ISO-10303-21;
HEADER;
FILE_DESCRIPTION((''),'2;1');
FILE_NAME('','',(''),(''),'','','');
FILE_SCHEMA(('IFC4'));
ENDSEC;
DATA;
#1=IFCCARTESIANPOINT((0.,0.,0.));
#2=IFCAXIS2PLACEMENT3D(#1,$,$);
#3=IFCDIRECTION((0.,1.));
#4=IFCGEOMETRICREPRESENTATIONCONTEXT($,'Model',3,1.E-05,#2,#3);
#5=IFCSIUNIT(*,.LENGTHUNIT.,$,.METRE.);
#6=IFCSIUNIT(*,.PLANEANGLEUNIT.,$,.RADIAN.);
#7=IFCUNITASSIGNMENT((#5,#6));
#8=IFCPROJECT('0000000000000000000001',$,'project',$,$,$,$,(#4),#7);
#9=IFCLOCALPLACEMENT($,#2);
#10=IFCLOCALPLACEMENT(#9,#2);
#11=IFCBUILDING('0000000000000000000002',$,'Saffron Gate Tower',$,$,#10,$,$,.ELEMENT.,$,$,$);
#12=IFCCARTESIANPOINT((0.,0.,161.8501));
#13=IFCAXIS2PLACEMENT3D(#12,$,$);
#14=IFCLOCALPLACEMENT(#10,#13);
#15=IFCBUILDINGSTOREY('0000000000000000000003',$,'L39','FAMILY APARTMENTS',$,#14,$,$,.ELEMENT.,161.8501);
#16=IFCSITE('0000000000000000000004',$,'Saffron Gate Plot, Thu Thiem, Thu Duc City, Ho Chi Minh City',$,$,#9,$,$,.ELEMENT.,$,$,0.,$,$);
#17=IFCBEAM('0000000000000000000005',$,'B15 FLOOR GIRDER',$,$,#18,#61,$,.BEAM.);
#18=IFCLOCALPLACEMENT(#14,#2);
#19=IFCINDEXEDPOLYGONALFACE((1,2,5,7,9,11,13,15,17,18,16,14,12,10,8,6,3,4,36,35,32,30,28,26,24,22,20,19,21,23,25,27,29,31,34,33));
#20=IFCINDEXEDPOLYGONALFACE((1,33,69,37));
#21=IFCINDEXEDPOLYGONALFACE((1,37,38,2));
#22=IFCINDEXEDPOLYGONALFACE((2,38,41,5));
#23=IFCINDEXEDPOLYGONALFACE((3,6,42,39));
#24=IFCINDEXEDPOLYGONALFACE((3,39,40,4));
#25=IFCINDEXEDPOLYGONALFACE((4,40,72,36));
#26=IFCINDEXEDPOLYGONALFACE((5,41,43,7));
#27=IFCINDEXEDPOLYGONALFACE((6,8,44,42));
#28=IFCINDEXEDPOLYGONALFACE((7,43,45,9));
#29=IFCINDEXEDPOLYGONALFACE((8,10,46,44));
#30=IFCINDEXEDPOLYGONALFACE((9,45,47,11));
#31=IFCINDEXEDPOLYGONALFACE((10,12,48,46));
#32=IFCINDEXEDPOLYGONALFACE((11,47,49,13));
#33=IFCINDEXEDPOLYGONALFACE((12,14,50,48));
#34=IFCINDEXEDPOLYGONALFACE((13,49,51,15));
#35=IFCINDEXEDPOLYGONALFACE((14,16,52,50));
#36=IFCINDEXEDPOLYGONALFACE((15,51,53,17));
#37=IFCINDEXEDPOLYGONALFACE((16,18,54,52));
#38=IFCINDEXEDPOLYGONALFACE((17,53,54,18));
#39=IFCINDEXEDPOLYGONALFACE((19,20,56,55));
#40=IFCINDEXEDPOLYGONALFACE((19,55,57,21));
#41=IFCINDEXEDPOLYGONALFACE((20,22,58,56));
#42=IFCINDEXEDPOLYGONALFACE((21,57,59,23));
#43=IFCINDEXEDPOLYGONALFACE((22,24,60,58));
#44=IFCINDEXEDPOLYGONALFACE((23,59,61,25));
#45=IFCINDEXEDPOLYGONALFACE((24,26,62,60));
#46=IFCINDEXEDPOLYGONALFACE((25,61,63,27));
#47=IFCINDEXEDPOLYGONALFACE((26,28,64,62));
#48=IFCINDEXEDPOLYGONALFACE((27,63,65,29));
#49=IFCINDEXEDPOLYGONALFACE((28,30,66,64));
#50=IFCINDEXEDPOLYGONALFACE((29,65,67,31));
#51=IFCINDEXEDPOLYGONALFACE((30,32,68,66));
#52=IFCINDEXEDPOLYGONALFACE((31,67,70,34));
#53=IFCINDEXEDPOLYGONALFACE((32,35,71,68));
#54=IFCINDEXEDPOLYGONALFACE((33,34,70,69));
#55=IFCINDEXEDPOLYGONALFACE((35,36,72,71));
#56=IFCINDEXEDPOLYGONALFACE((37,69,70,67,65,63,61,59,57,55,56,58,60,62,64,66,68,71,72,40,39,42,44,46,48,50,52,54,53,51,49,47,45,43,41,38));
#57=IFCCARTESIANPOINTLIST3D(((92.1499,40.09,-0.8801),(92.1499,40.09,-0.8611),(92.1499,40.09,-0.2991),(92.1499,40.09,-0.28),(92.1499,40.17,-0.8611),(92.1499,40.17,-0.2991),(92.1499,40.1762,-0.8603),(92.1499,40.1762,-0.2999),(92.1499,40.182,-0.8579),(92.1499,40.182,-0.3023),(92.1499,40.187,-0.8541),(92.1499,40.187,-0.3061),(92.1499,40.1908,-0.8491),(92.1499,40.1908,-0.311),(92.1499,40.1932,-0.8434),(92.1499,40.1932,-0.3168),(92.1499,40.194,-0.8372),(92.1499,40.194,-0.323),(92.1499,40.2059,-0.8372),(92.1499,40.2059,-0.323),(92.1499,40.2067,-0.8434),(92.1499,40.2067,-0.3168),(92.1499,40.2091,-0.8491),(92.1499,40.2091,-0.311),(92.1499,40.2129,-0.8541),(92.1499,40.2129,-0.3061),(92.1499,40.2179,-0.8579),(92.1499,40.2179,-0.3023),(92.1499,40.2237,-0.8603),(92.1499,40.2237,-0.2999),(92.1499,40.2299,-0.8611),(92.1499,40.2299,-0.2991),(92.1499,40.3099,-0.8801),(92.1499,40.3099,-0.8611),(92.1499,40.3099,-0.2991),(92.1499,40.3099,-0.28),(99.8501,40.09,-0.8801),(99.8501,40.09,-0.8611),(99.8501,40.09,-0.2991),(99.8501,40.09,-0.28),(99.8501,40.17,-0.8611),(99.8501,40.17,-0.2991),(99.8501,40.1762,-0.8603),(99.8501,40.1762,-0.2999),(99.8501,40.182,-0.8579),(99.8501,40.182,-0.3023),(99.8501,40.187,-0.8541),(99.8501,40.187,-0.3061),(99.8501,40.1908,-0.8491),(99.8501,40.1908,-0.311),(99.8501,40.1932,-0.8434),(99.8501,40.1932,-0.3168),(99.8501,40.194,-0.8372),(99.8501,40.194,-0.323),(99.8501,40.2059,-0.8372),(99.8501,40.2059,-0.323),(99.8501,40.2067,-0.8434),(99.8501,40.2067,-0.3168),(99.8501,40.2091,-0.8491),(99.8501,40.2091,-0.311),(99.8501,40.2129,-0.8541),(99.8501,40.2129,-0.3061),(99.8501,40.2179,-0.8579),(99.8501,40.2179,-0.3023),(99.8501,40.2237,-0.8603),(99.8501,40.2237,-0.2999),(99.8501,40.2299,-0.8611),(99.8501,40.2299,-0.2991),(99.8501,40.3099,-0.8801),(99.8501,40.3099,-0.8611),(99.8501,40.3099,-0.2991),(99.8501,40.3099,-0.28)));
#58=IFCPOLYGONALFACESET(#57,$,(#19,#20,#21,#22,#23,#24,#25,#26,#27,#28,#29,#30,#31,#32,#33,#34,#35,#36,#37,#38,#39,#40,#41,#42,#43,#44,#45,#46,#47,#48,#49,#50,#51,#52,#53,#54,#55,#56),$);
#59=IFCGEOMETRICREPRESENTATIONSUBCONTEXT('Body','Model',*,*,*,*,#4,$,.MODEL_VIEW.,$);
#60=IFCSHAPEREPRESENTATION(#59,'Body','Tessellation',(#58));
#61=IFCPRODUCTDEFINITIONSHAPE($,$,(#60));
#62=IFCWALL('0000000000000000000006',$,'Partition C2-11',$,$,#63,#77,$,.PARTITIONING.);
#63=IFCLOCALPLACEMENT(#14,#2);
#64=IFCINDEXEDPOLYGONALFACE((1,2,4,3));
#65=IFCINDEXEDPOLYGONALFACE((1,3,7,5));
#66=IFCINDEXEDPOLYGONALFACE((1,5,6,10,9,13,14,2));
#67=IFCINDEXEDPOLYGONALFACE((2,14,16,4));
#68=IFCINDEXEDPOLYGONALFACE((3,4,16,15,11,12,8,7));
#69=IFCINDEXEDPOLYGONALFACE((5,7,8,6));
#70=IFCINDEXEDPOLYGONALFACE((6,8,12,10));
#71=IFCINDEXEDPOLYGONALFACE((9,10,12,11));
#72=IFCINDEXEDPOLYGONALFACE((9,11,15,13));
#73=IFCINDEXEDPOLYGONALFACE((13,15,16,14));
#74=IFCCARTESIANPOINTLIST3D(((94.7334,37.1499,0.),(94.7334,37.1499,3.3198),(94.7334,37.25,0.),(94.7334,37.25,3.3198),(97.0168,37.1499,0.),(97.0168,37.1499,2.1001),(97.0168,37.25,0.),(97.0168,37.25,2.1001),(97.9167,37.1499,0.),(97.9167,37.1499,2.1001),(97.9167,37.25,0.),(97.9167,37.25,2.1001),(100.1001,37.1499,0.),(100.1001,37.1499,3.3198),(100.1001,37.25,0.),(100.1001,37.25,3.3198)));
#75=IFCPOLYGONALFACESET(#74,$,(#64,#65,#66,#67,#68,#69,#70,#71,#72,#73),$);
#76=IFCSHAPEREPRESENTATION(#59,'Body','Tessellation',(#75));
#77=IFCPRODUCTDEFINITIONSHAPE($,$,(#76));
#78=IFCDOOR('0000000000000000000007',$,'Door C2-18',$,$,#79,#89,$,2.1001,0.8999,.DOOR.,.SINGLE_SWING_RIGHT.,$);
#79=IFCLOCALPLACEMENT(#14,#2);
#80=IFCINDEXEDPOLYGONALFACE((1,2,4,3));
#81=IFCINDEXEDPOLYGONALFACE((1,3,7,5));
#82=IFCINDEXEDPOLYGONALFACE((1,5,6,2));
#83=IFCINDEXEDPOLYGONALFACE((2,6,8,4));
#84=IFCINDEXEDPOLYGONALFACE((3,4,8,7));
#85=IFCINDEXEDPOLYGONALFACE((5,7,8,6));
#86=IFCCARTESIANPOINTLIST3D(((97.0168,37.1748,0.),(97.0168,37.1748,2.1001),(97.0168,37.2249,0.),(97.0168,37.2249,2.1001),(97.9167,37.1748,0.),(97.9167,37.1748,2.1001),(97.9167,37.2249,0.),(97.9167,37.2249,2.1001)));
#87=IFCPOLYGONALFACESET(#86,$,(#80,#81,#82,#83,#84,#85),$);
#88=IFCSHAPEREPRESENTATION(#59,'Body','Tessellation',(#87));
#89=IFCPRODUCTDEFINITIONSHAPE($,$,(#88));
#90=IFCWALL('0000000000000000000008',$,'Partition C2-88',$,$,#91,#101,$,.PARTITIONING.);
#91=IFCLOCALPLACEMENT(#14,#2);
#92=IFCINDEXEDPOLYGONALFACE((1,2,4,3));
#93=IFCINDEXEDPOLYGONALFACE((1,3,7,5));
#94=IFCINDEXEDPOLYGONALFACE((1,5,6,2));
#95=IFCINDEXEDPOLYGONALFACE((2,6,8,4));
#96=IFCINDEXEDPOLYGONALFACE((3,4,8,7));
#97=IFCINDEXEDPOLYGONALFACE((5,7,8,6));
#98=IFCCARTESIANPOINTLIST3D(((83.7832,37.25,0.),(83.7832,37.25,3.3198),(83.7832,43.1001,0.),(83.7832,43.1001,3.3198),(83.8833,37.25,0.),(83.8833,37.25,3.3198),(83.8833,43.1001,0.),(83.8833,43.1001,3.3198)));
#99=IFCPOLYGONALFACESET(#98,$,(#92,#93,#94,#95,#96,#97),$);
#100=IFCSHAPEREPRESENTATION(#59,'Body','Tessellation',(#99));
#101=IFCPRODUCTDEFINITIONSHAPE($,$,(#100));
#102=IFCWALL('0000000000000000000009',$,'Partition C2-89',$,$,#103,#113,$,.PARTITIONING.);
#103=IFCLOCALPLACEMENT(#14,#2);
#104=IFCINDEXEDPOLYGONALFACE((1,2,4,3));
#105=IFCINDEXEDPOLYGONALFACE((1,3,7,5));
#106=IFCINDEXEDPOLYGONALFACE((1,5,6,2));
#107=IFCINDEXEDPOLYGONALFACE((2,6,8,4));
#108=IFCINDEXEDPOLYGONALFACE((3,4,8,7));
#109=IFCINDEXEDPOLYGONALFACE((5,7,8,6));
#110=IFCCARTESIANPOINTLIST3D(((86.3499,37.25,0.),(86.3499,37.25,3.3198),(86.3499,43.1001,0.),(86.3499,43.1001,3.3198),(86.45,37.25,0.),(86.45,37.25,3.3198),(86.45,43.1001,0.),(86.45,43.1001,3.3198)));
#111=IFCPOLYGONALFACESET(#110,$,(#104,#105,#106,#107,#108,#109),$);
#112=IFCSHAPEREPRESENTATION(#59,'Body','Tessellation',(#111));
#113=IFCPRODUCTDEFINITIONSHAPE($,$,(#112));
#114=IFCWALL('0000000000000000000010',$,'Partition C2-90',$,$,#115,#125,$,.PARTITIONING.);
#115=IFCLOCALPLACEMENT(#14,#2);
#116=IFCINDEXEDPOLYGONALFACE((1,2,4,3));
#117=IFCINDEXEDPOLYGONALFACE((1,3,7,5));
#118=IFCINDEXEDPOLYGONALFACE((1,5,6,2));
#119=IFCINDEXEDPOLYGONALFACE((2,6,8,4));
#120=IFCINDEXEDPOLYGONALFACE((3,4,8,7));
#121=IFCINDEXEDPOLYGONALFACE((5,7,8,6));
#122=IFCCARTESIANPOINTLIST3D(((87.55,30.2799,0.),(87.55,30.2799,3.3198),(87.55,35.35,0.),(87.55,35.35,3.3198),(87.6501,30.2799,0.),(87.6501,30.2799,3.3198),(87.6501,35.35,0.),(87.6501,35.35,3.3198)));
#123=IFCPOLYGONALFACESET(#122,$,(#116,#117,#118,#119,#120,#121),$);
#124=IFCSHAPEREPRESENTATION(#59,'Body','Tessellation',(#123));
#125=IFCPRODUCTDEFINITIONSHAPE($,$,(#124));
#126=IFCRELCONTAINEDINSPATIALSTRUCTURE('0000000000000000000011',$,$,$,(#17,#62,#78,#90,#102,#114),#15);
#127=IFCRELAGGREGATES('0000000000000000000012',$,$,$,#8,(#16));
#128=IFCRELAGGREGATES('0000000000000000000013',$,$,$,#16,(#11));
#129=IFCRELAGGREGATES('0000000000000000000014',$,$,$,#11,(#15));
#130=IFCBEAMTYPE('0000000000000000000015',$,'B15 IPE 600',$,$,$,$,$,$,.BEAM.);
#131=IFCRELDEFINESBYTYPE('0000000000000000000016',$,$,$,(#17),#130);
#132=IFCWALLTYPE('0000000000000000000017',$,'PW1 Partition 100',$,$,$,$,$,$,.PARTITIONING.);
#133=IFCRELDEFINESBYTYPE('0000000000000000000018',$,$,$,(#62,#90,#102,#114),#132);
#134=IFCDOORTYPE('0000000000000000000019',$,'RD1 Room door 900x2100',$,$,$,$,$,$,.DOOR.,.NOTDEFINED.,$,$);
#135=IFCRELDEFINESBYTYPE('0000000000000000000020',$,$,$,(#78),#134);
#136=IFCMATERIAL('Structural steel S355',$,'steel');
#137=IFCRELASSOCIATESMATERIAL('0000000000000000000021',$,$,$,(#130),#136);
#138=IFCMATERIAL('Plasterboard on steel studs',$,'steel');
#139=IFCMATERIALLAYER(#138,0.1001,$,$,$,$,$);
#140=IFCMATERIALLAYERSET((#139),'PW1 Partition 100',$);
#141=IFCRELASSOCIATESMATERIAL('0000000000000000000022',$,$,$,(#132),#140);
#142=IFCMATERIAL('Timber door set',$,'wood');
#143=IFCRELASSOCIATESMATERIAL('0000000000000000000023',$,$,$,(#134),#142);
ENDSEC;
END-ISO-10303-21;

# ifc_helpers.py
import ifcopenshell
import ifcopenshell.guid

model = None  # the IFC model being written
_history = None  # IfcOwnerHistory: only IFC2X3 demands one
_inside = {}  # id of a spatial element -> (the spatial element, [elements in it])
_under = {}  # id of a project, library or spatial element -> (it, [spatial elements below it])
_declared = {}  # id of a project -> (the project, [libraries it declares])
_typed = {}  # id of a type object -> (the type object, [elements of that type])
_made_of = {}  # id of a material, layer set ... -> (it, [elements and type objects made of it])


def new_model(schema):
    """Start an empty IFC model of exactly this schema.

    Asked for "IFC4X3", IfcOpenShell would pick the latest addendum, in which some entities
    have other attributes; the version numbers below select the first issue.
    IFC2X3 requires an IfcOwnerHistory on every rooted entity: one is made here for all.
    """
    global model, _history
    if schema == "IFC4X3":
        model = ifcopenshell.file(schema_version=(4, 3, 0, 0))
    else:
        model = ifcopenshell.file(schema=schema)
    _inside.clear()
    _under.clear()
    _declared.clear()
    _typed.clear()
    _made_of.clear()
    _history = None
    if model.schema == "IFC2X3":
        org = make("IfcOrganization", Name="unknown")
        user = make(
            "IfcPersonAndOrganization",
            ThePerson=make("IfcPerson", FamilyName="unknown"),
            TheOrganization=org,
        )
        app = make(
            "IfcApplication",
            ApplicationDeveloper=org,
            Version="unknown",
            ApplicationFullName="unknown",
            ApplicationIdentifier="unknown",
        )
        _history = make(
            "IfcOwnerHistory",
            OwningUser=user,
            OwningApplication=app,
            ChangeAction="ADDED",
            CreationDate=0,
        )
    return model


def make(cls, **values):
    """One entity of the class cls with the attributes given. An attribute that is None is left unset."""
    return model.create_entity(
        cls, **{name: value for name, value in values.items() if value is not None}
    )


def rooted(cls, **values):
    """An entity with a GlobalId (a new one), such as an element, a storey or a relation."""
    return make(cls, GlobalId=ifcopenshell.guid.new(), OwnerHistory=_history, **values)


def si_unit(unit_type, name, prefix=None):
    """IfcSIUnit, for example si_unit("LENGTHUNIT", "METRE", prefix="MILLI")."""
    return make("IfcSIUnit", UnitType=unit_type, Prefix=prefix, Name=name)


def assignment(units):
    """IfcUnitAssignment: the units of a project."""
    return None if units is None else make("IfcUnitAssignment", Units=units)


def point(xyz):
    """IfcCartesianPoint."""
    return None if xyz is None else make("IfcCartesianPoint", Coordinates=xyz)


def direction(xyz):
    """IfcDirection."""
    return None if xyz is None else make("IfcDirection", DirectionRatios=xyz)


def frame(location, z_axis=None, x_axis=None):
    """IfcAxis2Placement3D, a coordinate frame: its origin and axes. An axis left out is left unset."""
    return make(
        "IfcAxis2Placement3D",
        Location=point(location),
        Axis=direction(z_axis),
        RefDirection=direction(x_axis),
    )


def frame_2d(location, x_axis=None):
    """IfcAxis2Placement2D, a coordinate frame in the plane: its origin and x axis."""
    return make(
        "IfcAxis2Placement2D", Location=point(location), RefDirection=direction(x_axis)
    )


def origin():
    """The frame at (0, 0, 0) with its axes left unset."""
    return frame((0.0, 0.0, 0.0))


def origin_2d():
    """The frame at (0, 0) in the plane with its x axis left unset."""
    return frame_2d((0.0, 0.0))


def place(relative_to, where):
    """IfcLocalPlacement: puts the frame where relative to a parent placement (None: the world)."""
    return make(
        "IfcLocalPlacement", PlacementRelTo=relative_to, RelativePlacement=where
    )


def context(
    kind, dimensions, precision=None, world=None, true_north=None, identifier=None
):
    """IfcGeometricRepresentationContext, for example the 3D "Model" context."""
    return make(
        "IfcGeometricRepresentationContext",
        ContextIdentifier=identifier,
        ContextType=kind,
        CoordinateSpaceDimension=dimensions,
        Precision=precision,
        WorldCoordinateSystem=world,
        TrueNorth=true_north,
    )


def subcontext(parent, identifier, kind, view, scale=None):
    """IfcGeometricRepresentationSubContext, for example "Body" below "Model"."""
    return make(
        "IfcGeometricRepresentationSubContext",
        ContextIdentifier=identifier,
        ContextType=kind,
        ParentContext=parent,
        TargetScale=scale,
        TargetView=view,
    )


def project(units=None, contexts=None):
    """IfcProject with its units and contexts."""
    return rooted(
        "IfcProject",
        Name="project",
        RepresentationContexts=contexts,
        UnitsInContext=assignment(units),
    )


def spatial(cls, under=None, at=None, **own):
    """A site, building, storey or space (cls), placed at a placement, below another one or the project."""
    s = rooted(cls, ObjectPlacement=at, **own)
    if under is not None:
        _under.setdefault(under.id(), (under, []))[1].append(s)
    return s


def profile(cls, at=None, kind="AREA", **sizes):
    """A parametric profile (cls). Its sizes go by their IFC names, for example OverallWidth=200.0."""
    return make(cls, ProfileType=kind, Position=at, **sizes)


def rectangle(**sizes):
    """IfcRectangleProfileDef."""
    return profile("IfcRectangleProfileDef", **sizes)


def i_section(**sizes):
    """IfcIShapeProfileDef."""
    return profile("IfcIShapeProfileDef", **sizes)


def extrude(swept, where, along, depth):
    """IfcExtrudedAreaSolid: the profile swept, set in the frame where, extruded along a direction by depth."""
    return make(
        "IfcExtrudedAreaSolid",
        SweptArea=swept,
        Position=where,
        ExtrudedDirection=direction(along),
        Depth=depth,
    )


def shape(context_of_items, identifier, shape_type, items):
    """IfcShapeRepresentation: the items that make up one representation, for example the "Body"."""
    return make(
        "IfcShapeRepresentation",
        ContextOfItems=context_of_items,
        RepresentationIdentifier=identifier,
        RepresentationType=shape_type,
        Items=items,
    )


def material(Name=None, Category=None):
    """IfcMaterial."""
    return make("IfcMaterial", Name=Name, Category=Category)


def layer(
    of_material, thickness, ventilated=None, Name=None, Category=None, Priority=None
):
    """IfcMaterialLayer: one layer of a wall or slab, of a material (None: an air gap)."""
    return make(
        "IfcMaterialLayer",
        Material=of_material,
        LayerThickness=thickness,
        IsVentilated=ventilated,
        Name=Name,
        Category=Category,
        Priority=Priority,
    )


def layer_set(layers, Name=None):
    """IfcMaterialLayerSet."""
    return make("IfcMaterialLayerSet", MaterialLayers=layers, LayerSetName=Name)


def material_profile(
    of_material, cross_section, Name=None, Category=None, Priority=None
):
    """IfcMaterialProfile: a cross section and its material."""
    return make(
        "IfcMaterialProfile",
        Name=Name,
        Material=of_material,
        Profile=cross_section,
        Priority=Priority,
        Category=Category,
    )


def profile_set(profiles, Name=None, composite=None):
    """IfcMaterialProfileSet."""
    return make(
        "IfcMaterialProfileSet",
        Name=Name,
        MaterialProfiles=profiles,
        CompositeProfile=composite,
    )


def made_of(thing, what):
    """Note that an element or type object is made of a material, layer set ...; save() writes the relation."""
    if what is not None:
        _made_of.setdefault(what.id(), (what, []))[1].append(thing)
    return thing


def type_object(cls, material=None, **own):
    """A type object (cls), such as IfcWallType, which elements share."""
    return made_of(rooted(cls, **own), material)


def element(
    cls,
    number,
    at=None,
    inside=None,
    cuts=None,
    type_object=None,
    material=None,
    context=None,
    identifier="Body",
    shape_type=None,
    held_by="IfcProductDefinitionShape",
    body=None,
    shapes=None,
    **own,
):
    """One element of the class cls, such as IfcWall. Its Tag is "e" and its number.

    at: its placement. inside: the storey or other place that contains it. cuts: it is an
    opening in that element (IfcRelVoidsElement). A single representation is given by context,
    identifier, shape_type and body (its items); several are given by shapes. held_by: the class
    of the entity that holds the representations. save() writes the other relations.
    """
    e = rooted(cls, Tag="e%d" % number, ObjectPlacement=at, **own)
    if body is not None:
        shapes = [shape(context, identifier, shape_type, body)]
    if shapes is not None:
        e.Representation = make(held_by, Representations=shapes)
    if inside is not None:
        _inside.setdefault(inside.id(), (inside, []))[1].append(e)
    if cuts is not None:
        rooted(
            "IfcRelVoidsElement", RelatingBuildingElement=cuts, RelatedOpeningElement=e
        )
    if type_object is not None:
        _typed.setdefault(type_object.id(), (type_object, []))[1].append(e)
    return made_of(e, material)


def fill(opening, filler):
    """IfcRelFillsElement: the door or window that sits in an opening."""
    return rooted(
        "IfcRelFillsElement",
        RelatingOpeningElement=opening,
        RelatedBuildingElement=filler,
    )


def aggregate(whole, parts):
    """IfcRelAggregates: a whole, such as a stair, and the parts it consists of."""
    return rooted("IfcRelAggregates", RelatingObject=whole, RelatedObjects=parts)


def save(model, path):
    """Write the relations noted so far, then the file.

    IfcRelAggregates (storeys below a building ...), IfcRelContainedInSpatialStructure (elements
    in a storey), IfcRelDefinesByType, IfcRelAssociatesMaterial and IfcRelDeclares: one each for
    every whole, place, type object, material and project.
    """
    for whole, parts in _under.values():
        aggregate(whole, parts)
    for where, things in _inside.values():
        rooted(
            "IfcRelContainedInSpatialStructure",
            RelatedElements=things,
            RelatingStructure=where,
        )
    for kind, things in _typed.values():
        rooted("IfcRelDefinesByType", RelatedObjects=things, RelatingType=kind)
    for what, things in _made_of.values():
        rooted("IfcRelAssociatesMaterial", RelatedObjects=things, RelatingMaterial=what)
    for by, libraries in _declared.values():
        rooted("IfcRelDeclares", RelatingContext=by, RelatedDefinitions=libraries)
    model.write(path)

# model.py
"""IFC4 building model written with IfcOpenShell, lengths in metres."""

from ifc_helpers import new_model, si_unit, direction, frame, frame_2d, origin, origin_2d, place, context, subcontext, project, spatial, rectangle, i_section, extrude, material, layer, layer_set, material_profile, profile_set, type_object, element, fill, save


model = new_model("IFC4")

# Units and contexts
model_context = context("Model", 3, precision=1e-05, world=origin(), true_north=direction((0.0, 1.0)))
body_context = subcontext(model_context, "Body", "Model", "MODEL_VIEW")
ifc_project = project(units=[si_unit("LENGTHUNIT", "METRE"), si_unit("PLANEANGLEUNIT", "RADIAN")], contexts=[model_context])

# Site, building, storey
site_placement = place(None, origin())
site = spatial("IfcSite", under=ifc_project, at=site_placement, Name="Saffron Gate Plot, Thu Thiem, Thu Duc City, Ho Chi Minh City", CompositionType="ELEMENT", RefElevation=0.0)
building_placement = place(site_placement, origin())
building = spatial("IfcBuilding", under=site, at=building_placement, Name="Saffron Gate Tower", CompositionType="ELEMENT")
storey_placement = place(building_placement, frame((0.0, 0.0, 161.8501)))
storey = spatial("IfcBuildingStorey", under=building, at=storey_placement, Name="L39", Description="FAMILY APARTMENTS", CompositionType="ELEMENT", Elevation=161.8501)

# Beam
ifc_material_1 = material(Name="Structural steel S355", Category="steel")
ifc_material_profile_1 = material_profile(ifc_material_1, i_section(OverallWidth=0.22, OverallDepth=0.6001, WebThickness=0.012, FlangeThickness=0.019, FilletRadius=0.0239, at=origin_2d()))
ifc_profile_set_1 = profile_set([ifc_material_profile_1], Name="Structural steel S355")
beam_type_1 = type_object("IfcBeamType", Name="B15 IPE 600", PredefinedType="BEAM", material=ifc_profile_set_1)
beam_1_placement = place(storey_placement, frame((92.1499, 40.2, -0.5801), z_axis=(1.0, 0.0, 0.0), x_axis=(0.0, 1.0, 0.0)))
element("IfcBeam", 1, at=beam_1_placement, inside=storey, type_object=beam_type_1, Name="B15 FLOOR GIRDER", PredefinedType="BEAM", context=body_context, shape_type="SweptSolid", body=[
    extrude(i_section(OverallWidth=0.22, OverallDepth=0.6001, WebThickness=0.012, FlangeThickness=0.019, FilletRadius=0.0239, at=origin_2d()), origin(), (0.0, 0.0, 1.0), 7.7002),
])

# Wall, opening, door
ifc_material_2 = material(Name="Plasterboard on steel studs", Category="steel")
ifc_layer = layer(ifc_material_2, 0.1001)
ifc_layer_set = layer_set([ifc_layer], Name="PW1 Partition 100")
wall_type = type_object("IfcWallType", Name="PW1 Partition 100", PredefinedType="PARTITIONING", material=ifc_layer_set)
wall_1_placement = place(storey_placement, frame((94.7334, 37.2, 0.0), z_axis=(0.0, 0.0, 1.0), x_axis=(1.0, 0.0, 0.0)))
wall_1 = element("IfcWall", 2, at=wall_1_placement, inside=storey, type_object=wall_type, Name="Partition C2-11", PredefinedType="PARTITIONING", context=body_context, shape_type="SweptSolid", body=[
    extrude(rectangle(XDim=5.3667, YDim=0.1001, at=frame_2d((2.6833, 0.0))), origin(), (0.0, 0.0, 1.0), 3.3198),
])
opening_placement = place(wall_1_placement, frame((2.2834, 0.0, 0.0)))
opening = element("IfcOpeningElement", 3, at=opening_placement, cuts=wall_1, PredefinedType="OPENING", context=body_context, shape_type="SweptSolid", body=[
    extrude(rectangle(XDim=0.8999, YDim=2.1001, at=frame_2d((0.45, 1.05))), frame((0.0, 0.0601, 0.0), z_axis=(0.0, -1.0, 0.0), x_axis=(1.0, 0.0, 0.0)), (0.0, 0.0, 1.0), 0.1201),
])
ifc_material_3 = material(Name="Timber door set", Category="wood")
door_type = type_object("IfcDoorType", Name="RD1 Room door 900x2100", OperationType="NOTDEFINED", PredefinedType="DOOR", material=ifc_material_3)
door_placement = place(opening_placement, origin())
door = element("IfcDoor", 4, at=door_placement, inside=storey, type_object=door_type, Name="Door C2-18", OperationType="SINGLE_SWING_RIGHT", OverallHeight=2.1001, OverallWidth=0.8999, PredefinedType="DOOR", context=body_context, shape_type="SweptSolid", body=[
    extrude(rectangle(XDim=0.8999, YDim=2.1001, at=frame_2d((0.45, 1.05))), frame((0.0, 0.0249, 0.0), z_axis=(0.0, -1.0, 0.0), x_axis=(1.0, 0.0, 0.0)), (0.0, 0.0, 1.0), 0.05),
])
fill(opening, door)

# Walls
for number, where, z_axis, x_axis, name in (
    (5, (83.8333, 43.1001, 0.0), (0.0, 0.0, 1.0), (0.0, -1.0, 0.0), "Partition C2-88"),
    (6, (86.3999, 43.1001, 0.0), (0.0, 0.0, 1.0), (0.0, -1.0, 0.0), "Partition C2-89"),
):
    element("IfcWall", number, at=place(storey_placement, frame(where, z_axis=z_axis, x_axis=x_axis)), inside=storey, type_object=wall_type, Name=name, PredefinedType="PARTITIONING", context=body_context, shape_type="SweptSolid", body=[
        extrude(rectangle(XDim=5.8501, YDim=0.1001, at=frame_2d((2.925, 0.0))), origin(), (0.0, 0.0, 1.0), 3.3198),
    ])
wall_2_placement = place(storey_placement, frame((87.6001, 35.3501, 0.0), z_axis=(0.0, 0.0, 1.0), x_axis=(0.0, -1.0, 0.0)))
element("IfcWall", 7, at=wall_2_placement, inside=storey, type_object=wall_type, Name="Partition C2-90", PredefinedType="PARTITIONING", context=body_context, shape_type="SweptSolid", body=[
    extrude(rectangle(XDim=5.0701, YDim=0.1001, at=frame_2d((2.5352, 0.0))), origin(), (0.0, 0.0, 1.0), 3.3198),
])

save(model, "model.ifc")
